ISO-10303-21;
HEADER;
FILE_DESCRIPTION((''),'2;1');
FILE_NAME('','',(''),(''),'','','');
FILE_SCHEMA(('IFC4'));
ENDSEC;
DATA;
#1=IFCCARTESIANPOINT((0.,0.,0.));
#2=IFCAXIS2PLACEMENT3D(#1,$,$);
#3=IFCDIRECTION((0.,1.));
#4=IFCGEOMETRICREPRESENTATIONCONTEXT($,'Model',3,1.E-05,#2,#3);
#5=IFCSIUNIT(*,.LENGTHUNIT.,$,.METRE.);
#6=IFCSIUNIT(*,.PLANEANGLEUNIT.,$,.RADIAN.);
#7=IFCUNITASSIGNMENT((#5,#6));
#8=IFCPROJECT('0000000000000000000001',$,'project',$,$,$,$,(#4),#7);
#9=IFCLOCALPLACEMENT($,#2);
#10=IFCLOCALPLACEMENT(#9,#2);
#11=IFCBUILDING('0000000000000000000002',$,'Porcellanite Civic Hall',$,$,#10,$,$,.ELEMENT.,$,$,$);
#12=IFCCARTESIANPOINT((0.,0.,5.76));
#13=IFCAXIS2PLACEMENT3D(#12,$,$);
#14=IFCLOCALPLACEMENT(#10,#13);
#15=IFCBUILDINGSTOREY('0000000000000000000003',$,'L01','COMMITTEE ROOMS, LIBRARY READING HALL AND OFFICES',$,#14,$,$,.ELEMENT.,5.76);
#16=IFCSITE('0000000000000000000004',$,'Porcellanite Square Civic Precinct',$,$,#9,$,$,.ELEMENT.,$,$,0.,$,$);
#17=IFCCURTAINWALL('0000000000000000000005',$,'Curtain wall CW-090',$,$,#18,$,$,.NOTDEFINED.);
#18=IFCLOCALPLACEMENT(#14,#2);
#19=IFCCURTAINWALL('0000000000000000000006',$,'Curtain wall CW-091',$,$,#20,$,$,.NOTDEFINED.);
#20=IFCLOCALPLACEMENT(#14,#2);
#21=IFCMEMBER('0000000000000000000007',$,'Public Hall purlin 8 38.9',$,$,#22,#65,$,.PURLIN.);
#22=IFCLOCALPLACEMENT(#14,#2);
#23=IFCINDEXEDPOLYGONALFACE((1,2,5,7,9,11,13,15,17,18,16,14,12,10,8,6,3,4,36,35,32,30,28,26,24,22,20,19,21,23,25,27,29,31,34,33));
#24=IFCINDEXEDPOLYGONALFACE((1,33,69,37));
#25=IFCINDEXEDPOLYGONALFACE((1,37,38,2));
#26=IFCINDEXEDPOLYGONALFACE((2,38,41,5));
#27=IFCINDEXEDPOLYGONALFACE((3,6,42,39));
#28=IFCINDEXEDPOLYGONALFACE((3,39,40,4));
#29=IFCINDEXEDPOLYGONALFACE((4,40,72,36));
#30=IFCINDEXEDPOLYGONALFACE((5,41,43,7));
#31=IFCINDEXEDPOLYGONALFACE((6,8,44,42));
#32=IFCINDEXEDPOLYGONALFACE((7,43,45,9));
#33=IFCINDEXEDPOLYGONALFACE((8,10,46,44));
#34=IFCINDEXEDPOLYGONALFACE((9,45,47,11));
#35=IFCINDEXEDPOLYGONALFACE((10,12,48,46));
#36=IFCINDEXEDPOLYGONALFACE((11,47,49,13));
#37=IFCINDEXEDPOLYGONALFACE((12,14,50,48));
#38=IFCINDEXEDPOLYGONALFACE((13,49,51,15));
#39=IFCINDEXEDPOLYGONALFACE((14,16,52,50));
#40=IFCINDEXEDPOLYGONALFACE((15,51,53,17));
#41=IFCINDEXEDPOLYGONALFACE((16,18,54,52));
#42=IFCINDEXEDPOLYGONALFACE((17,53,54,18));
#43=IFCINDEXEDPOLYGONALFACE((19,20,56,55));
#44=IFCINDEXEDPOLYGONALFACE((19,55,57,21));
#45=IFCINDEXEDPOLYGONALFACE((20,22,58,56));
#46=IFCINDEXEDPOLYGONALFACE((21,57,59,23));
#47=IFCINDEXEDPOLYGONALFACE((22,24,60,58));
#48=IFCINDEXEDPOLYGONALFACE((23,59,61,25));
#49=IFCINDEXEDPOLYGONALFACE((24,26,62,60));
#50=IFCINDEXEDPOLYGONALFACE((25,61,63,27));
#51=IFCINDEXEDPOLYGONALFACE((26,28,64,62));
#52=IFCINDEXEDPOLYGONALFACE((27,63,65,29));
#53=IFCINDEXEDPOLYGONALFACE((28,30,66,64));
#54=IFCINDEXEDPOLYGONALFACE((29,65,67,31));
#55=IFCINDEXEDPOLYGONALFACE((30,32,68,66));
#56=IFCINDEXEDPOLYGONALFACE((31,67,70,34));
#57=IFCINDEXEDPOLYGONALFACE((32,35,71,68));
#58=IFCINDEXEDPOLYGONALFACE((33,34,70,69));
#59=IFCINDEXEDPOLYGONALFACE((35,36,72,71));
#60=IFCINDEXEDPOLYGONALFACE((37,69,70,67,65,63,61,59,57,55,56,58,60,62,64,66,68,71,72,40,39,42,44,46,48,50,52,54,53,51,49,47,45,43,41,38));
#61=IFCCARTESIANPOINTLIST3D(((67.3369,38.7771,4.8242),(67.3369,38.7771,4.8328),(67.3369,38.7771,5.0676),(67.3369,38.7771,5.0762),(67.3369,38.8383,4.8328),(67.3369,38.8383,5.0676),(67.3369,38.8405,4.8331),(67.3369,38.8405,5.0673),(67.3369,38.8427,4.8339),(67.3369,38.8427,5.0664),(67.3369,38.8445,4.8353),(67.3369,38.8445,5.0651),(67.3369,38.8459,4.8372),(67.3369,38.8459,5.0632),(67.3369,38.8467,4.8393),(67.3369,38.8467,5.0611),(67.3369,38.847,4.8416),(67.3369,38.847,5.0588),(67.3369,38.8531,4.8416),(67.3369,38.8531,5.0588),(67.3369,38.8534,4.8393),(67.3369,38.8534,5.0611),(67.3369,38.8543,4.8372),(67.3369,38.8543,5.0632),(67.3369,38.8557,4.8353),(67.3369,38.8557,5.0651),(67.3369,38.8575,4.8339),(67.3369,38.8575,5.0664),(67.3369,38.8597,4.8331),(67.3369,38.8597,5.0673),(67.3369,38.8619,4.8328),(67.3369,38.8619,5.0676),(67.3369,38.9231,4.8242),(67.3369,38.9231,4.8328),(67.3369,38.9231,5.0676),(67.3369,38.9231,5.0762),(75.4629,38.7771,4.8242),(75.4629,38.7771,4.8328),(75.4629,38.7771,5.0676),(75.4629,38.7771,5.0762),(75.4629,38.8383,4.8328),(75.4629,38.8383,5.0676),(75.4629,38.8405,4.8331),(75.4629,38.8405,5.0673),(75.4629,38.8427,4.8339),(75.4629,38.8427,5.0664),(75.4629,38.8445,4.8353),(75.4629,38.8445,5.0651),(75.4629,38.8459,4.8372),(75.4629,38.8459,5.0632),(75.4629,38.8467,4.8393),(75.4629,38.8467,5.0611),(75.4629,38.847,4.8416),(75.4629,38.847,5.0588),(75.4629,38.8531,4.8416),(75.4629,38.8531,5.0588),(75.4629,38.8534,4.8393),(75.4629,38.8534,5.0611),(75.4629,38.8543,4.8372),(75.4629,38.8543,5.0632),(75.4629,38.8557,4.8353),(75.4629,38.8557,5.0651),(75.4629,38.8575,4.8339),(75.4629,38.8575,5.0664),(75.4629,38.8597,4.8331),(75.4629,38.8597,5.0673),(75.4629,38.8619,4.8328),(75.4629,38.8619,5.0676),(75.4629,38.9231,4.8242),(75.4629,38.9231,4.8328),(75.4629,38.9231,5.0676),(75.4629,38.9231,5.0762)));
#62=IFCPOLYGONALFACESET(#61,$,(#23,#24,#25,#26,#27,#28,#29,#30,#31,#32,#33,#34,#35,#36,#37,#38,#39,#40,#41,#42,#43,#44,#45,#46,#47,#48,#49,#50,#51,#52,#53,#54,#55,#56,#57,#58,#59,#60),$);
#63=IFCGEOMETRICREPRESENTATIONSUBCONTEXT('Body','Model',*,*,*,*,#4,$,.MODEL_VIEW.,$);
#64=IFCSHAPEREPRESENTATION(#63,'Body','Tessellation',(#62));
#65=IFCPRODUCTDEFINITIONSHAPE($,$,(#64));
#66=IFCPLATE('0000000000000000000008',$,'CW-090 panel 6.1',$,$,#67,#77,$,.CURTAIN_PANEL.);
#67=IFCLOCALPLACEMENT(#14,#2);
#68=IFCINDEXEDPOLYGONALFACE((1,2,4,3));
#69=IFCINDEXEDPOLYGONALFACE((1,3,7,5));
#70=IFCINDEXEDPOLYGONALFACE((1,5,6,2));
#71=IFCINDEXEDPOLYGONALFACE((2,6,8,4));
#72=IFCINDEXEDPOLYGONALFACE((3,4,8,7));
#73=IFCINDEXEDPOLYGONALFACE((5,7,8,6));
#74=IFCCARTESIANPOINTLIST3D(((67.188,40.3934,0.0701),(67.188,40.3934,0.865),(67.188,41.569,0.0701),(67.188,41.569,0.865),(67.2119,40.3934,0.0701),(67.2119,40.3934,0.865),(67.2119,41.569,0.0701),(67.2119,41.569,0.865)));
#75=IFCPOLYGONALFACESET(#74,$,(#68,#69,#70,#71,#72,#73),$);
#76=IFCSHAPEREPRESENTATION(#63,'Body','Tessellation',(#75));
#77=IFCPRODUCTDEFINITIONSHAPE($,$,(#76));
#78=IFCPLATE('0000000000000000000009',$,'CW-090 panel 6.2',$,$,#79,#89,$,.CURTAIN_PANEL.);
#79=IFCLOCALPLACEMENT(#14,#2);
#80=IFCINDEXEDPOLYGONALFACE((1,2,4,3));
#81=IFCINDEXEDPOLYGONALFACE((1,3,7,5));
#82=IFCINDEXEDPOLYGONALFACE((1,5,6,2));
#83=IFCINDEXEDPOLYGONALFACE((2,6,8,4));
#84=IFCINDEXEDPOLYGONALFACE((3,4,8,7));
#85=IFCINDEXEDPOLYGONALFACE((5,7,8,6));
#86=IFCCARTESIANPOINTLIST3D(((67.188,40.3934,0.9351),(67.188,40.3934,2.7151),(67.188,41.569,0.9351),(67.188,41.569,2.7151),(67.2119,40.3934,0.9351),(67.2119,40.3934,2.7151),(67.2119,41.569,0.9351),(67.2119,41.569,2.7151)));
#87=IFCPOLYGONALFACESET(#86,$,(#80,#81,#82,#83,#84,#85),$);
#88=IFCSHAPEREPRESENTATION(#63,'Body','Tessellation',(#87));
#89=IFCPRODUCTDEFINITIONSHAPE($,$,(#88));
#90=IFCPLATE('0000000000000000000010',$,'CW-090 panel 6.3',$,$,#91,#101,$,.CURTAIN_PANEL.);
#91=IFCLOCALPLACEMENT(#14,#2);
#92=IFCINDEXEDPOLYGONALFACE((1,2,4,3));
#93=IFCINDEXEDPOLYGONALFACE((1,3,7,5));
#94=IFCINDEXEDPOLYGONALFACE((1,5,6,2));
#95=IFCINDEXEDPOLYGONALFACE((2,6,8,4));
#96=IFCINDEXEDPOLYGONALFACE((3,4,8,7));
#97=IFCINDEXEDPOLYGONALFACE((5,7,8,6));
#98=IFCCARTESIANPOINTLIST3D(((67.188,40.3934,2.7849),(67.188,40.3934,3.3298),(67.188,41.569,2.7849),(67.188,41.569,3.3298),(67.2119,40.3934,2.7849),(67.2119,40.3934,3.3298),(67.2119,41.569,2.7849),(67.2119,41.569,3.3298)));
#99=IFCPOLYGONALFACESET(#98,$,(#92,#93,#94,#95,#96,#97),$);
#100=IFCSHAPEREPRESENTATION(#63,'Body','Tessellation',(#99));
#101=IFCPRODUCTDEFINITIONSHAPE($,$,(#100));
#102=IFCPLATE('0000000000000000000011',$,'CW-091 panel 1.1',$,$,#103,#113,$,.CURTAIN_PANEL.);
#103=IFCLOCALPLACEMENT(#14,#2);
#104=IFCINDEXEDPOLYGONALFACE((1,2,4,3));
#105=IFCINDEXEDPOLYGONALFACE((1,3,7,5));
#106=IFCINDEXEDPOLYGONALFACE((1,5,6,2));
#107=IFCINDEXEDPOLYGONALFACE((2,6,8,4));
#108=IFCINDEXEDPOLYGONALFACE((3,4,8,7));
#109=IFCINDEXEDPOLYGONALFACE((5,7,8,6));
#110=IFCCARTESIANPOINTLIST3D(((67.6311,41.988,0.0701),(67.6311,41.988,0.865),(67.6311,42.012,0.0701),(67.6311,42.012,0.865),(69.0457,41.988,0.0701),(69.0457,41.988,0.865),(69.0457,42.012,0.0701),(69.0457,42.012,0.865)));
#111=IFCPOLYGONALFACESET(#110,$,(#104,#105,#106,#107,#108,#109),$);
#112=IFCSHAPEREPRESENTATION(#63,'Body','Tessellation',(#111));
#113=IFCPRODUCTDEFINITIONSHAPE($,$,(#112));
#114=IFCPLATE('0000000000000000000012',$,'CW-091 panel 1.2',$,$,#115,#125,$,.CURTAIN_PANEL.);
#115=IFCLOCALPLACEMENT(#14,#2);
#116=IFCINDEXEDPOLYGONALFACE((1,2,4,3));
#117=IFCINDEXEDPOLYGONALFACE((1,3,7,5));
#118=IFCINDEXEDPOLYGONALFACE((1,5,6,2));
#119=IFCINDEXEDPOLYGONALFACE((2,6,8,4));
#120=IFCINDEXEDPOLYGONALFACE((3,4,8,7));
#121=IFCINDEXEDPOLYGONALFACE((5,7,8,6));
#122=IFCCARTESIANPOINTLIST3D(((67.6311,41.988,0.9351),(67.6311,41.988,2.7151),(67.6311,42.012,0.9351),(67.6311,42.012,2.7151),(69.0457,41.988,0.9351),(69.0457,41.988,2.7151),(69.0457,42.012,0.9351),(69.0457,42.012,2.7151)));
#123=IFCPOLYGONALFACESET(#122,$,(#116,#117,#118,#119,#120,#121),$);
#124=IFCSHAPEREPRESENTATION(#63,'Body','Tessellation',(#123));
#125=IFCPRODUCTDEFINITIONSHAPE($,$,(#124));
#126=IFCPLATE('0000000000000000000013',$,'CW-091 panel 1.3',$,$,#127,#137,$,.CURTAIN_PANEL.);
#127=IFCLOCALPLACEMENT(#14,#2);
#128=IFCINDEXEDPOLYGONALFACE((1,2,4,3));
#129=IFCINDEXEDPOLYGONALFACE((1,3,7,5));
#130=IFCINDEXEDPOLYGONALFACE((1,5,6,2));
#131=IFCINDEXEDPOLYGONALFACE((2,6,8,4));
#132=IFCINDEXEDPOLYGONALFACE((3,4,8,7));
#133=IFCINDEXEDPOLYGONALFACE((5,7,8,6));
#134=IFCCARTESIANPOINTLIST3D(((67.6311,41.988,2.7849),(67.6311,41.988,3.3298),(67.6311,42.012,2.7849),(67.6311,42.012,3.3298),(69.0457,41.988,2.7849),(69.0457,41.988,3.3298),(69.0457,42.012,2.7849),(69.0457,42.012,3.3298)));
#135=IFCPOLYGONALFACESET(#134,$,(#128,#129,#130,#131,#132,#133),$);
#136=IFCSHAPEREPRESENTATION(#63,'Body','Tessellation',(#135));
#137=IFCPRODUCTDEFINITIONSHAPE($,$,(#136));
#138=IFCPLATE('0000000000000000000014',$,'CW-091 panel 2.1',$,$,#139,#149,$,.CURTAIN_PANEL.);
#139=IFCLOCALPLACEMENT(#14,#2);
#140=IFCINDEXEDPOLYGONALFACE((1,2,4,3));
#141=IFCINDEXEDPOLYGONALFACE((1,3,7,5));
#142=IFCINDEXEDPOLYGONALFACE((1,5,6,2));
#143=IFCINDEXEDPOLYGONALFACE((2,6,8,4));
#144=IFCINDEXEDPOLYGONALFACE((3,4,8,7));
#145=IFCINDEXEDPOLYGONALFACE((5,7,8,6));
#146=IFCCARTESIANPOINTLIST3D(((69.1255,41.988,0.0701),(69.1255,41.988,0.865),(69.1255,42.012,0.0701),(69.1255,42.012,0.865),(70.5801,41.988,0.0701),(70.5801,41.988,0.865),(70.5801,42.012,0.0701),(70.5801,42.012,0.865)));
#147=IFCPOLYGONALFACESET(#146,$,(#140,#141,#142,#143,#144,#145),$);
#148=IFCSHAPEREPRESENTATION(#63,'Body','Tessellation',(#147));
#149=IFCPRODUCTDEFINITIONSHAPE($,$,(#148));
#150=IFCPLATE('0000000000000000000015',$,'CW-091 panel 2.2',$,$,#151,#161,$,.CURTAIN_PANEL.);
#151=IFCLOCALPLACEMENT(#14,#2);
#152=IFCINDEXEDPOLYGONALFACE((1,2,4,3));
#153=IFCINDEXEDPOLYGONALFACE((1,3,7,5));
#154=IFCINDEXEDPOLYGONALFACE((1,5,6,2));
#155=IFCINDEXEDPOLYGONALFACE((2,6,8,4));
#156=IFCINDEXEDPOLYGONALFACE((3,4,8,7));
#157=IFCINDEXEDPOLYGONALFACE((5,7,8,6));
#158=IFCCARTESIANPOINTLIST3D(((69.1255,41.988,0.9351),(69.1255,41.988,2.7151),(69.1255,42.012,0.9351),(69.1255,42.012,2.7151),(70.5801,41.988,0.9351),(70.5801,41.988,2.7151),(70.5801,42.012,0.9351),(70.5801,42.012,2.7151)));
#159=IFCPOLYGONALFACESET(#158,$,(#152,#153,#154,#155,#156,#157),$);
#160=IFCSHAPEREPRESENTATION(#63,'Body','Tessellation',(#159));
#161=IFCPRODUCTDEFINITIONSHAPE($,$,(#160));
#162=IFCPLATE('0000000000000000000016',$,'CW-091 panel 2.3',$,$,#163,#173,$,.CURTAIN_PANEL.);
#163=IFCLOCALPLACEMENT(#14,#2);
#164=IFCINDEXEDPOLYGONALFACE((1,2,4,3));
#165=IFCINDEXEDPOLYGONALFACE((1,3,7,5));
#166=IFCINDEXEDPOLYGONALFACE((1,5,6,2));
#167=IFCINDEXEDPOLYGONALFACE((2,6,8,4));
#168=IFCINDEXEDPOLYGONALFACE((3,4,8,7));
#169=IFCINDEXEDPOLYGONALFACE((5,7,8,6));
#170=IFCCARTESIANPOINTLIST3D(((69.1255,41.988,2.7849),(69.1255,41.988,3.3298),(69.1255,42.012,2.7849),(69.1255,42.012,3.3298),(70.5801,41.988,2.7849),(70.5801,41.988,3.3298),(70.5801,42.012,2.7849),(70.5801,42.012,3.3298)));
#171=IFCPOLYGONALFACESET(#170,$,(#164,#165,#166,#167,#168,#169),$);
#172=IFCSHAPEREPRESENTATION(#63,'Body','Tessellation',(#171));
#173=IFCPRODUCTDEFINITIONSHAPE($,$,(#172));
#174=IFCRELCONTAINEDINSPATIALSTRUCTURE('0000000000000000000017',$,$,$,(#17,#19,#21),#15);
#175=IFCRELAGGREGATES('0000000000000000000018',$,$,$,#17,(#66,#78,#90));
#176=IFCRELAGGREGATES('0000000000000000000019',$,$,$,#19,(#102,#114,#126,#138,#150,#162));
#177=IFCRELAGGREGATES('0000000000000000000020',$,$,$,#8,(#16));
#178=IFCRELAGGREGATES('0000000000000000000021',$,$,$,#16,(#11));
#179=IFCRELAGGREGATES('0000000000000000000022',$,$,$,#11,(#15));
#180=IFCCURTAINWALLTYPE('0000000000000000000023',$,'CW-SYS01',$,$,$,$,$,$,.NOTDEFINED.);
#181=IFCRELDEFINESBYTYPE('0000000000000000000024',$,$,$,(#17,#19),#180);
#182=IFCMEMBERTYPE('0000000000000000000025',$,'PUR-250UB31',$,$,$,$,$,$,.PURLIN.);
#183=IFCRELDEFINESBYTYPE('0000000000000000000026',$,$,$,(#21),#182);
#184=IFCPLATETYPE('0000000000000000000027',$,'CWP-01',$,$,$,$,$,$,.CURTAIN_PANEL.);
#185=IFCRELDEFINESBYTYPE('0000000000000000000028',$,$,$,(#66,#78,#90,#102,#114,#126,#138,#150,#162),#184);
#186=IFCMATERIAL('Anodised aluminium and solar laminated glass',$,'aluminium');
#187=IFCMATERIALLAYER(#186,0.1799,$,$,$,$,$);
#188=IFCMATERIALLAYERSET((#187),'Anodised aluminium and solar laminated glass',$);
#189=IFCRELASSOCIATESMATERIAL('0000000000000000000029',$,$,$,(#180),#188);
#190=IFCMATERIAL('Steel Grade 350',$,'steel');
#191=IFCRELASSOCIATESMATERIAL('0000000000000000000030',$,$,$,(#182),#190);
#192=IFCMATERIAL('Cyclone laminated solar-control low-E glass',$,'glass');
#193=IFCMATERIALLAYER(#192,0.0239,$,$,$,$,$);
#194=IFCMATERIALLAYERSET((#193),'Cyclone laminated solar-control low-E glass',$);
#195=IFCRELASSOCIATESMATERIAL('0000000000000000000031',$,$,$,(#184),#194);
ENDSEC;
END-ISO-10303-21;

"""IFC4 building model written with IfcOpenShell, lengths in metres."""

from ifc_helpers import new_model, si_unit, direction, frame, origin, origin_2d, place, context, subcontext, project, spatial, rectangle, i_section, extrude, material, layer, layer_set, material_profile, profile_set, type_object, element, aggregate, save


model = new_model("IFC4")

# Units and contexts
model_context = context("Model", 3, precision=1e-05, world=origin(), true_north=direction((0.0, 1.0)))
body_context = subcontext(model_context, "Body", "Model", "MODEL_VIEW")
ifc_project = project(units=[si_unit("LENGTHUNIT", "METRE"), si_unit("PLANEANGLEUNIT", "RADIAN")], contexts=[model_context])

# Site, building, storey
site_placement = place(None, origin())
site = spatial("IfcSite", under=ifc_project, at=site_placement, Name="Porcellanite Square Civic Precinct", CompositionType="ELEMENT", RefElevation=0.0)
building_placement = place(site_placement, origin())
building = spatial("IfcBuilding", under=site, at=building_placement, Name="Porcellanite Civic Hall", CompositionType="ELEMENT")
storey_placement = place(building_placement, frame((0.0, 0.0, 5.76)))
storey = spatial("IfcBuildingStorey", under=building, at=storey_placement, Name="L01", Description="COMMITTEE ROOMS, LIBRARY READING HALL AND OFFICES", CompositionType="ELEMENT", Elevation=5.76)

# Curtain wall
ifc_material_1 = material(Name="Anodised aluminium and solar laminated glass", Category="aluminium")
ifc_layer_1 = layer(ifc_material_1, 0.1799)
ifc_layer_set_1 = layer_set([ifc_layer_1], Name="Anodised aluminium and solar laminated glass")
curtain_wall_type = type_object("IfcCurtainWallType", Name="CW-SYS01", PredefinedType="NOTDEFINED", material=ifc_layer_set_1)
curtain_wall_1_placement = place(storey_placement, origin())
curtain_wall_1 = element("IfcCurtainWall", 1, at=curtain_wall_1_placement, inside=storey, type_object=curtain_wall_type, Name="Curtain wall CW-090", PredefinedType="NOTDEFINED")

# Curtain wall
curtain_wall_2_placement = place(storey_placement, origin())
curtain_wall_2 = element("IfcCurtainWall", 2, at=curtain_wall_2_placement, inside=storey, type_object=curtain_wall_type, Name="Curtain wall CW-091", PredefinedType="NOTDEFINED")

# Member
ifc_material_2 = material(Name="Steel Grade 350", Category="steel")
ifc_material_profile_1 = material_profile(ifc_material_2, i_section(OverallWidth=0.146, OverallDepth=0.252, WebThickness=0.0061, FlangeThickness=0.0085, FilletRadius=0.0088, at=origin_2d()), Name="250UB31.4")
ifc_profile_set_1 = profile_set([ifc_material_profile_1], Name="Steel Grade 350")
member_type_1 = type_object("IfcMemberType", Name="PUR-250UB31", PredefinedType="PURLIN", material=ifc_profile_set_1)
for number, where, z_axis, x_axis, name in (
    (3, (67.3369, 38.8501, 4.9502), (1.0, 0.0, 0.0), (0.0, 1.0, 0.0), "Public Hall purlin 8 38.9"),
):
    element("IfcMember", number, at=place(storey_placement, frame(where, z_axis=z_axis, x_axis=x_axis)), inside=storey, type_object=member_type_1, Name=name, PredefinedType="PURLIN", context=body_context, shape_type="SweptSolid", body=[
        extrude(i_section(OverallWidth=0.146, OverallDepth=0.252, WebThickness=0.0061, FlangeThickness=0.0085, FilletRadius=0.0088, at=origin_2d()), origin(), (0.0, 0.0, 1.0), 8.126),
    ])

# Plates
ifc_material_3 = material(Name="Cyclone laminated solar-control low-E glass", Category="glass")
ifc_layer_2 = layer(ifc_material_3, 0.0239)
ifc_layer_set_2 = layer_set([ifc_layer_2], Name="Cyclone laminated solar-control low-E glass")
plate_type = type_object("IfcPlateType", Name="CWP-01", PredefinedType="CURTAIN_PANEL", material=ifc_layer_set_2)
plate_1_placement = place(storey_placement, frame((67.2, 40.9812, 0.0701), z_axis=(0.0, 0.0, 1.0), x_axis=(0.0, 1.0, 0.0)))
plate_1 = element("IfcPlate", 4, at=plate_1_placement, type_object=plate_type, Name="CW-090 panel 6.1", PredefinedType="CURTAIN_PANEL", context=body_context, shape_type="SweptSolid", body=[
    extrude(rectangle(XDim=1.1755, YDim=0.0239, at=origin_2d()), origin(), (0.0, 0.0, 1.0), 0.7949),
])
plate_2_placement = place(storey_placement, frame((67.2, 40.9812, 0.9351), z_axis=(0.0, 0.0, 1.0), x_axis=(0.0, 1.0, 0.0)))
plate_2 = element("IfcPlate", 5, at=plate_2_placement, type_object=plate_type, Name="CW-090 panel 6.2", PredefinedType="CURTAIN_PANEL", context=body_context, shape_type="SweptSolid", body=[
    extrude(rectangle(XDim=1.1755, YDim=0.0239, at=origin_2d()), origin(), (0.0, 0.0, 1.0), 1.78),
])
plate_3_placement = place(storey_placement, frame((67.2, 40.9812, 2.7849), z_axis=(0.0, 0.0, 1.0), x_axis=(0.0, 1.0, 0.0)))
plate_3 = element("IfcPlate", 6, at=plate_3_placement, type_object=plate_type, Name="CW-090 panel 6.3", PredefinedType="CURTAIN_PANEL", context=body_context, shape_type="SweptSolid", body=[
    extrude(rectangle(XDim=1.1755, YDim=0.0239, at=origin_2d()), origin(), (0.0, 0.0, 1.0), 0.5449),
])
aggregate(curtain_wall_1, [plate_1, plate_2, plate_3])
plate_4_placement = place(storey_placement, frame((68.3384, 42.0, 0.0701), z_axis=(0.0, 0.0, 1.0), x_axis=(1.0, 0.0, 0.0)))
plate_4 = element("IfcPlate", 7, at=plate_4_placement, type_object=plate_type, Name="CW-091 panel 1.1", PredefinedType="CURTAIN_PANEL", context=body_context, shape_type="SweptSolid", body=[
    extrude(rectangle(XDim=1.4146, YDim=0.0239, at=origin_2d()), origin(), (0.0, 0.0, 1.0), 0.7949),
])
plate_5_placement = place(storey_placement, frame((68.3384, 42.0, 0.9351), z_axis=(0.0, 0.0, 1.0), x_axis=(1.0, 0.0, 0.0)))
plate_5 = element("IfcPlate", 8, at=plate_5_placement, type_object=plate_type, Name="CW-091 panel 1.2", PredefinedType="CURTAIN_PANEL", context=body_context, shape_type="SweptSolid", body=[
    extrude(rectangle(XDim=1.4146, YDim=0.0239, at=origin_2d()), origin(), (0.0, 0.0, 1.0), 1.78),
])
plate_6_placement = place(storey_placement, frame((68.3384, 42.0, 2.7849), z_axis=(0.0, 0.0, 1.0), x_axis=(1.0, 0.0, 0.0)))
plate_6 = element("IfcPlate", 9, at=plate_6_placement, type_object=plate_type, Name="CW-091 panel 1.3", PredefinedType="CURTAIN_PANEL", context=body_context, shape_type="SweptSolid", body=[
    extrude(rectangle(XDim=1.4146, YDim=0.0239, at=origin_2d()), origin(), (0.0, 0.0, 1.0), 0.5449),
])
plate_7_placement = place(storey_placement, frame((69.8528, 42.0, 0.0701), z_axis=(0.0, 0.0, 1.0), x_axis=(1.0, 0.0, 0.0)))
plate_7 = element("IfcPlate", 10, at=plate_7_placement, type_object=plate_type, Name="CW-091 panel 2.1", PredefinedType="CURTAIN_PANEL", context=body_context, shape_type="SweptSolid", body=[
    extrude(rectangle(XDim=1.4546, YDim=0.0239, at=origin_2d()), origin(), (0.0, 0.0, 1.0), 0.7949),
])
plate_8_placement = place(storey_placement, frame((69.8528, 42.0, 0.9351), z_axis=(0.0, 0.0, 1.0), x_axis=(1.0, 0.0, 0.0)))
plate_8 = element("IfcPlate", 11, at=plate_8_placement, type_object=plate_type, Name="CW-091 panel 2.2", PredefinedType="CURTAIN_PANEL", context=body_context, shape_type="SweptSolid", body=[
    extrude(rectangle(XDim=1.4546, YDim=0.0239, at=origin_2d()), origin(), (0.0, 0.0, 1.0), 1.78),
])
plate_9_placement = place(storey_placement, frame((69.8528, 42.0, 2.7849), z_axis=(0.0, 0.0, 1.0), x_axis=(1.0, 0.0, 0.0)))
plate_9 = element("IfcPlate", 12, at=plate_9_placement, type_object=plate_type, Name="CW-091 panel 2.3", PredefinedType="CURTAIN_PANEL", context=body_context, shape_type="SweptSolid", body=[
    extrude(rectangle(XDim=1.4546, YDim=0.0239, at=origin_2d()), origin(), (0.0, 0.0, 1.0), 0.5449),
])
aggregate(curtain_wall_2, [plate_4, plate_5, plate_6, plate_7, plate_8, plate_9])

save(model, "model.ifc")
